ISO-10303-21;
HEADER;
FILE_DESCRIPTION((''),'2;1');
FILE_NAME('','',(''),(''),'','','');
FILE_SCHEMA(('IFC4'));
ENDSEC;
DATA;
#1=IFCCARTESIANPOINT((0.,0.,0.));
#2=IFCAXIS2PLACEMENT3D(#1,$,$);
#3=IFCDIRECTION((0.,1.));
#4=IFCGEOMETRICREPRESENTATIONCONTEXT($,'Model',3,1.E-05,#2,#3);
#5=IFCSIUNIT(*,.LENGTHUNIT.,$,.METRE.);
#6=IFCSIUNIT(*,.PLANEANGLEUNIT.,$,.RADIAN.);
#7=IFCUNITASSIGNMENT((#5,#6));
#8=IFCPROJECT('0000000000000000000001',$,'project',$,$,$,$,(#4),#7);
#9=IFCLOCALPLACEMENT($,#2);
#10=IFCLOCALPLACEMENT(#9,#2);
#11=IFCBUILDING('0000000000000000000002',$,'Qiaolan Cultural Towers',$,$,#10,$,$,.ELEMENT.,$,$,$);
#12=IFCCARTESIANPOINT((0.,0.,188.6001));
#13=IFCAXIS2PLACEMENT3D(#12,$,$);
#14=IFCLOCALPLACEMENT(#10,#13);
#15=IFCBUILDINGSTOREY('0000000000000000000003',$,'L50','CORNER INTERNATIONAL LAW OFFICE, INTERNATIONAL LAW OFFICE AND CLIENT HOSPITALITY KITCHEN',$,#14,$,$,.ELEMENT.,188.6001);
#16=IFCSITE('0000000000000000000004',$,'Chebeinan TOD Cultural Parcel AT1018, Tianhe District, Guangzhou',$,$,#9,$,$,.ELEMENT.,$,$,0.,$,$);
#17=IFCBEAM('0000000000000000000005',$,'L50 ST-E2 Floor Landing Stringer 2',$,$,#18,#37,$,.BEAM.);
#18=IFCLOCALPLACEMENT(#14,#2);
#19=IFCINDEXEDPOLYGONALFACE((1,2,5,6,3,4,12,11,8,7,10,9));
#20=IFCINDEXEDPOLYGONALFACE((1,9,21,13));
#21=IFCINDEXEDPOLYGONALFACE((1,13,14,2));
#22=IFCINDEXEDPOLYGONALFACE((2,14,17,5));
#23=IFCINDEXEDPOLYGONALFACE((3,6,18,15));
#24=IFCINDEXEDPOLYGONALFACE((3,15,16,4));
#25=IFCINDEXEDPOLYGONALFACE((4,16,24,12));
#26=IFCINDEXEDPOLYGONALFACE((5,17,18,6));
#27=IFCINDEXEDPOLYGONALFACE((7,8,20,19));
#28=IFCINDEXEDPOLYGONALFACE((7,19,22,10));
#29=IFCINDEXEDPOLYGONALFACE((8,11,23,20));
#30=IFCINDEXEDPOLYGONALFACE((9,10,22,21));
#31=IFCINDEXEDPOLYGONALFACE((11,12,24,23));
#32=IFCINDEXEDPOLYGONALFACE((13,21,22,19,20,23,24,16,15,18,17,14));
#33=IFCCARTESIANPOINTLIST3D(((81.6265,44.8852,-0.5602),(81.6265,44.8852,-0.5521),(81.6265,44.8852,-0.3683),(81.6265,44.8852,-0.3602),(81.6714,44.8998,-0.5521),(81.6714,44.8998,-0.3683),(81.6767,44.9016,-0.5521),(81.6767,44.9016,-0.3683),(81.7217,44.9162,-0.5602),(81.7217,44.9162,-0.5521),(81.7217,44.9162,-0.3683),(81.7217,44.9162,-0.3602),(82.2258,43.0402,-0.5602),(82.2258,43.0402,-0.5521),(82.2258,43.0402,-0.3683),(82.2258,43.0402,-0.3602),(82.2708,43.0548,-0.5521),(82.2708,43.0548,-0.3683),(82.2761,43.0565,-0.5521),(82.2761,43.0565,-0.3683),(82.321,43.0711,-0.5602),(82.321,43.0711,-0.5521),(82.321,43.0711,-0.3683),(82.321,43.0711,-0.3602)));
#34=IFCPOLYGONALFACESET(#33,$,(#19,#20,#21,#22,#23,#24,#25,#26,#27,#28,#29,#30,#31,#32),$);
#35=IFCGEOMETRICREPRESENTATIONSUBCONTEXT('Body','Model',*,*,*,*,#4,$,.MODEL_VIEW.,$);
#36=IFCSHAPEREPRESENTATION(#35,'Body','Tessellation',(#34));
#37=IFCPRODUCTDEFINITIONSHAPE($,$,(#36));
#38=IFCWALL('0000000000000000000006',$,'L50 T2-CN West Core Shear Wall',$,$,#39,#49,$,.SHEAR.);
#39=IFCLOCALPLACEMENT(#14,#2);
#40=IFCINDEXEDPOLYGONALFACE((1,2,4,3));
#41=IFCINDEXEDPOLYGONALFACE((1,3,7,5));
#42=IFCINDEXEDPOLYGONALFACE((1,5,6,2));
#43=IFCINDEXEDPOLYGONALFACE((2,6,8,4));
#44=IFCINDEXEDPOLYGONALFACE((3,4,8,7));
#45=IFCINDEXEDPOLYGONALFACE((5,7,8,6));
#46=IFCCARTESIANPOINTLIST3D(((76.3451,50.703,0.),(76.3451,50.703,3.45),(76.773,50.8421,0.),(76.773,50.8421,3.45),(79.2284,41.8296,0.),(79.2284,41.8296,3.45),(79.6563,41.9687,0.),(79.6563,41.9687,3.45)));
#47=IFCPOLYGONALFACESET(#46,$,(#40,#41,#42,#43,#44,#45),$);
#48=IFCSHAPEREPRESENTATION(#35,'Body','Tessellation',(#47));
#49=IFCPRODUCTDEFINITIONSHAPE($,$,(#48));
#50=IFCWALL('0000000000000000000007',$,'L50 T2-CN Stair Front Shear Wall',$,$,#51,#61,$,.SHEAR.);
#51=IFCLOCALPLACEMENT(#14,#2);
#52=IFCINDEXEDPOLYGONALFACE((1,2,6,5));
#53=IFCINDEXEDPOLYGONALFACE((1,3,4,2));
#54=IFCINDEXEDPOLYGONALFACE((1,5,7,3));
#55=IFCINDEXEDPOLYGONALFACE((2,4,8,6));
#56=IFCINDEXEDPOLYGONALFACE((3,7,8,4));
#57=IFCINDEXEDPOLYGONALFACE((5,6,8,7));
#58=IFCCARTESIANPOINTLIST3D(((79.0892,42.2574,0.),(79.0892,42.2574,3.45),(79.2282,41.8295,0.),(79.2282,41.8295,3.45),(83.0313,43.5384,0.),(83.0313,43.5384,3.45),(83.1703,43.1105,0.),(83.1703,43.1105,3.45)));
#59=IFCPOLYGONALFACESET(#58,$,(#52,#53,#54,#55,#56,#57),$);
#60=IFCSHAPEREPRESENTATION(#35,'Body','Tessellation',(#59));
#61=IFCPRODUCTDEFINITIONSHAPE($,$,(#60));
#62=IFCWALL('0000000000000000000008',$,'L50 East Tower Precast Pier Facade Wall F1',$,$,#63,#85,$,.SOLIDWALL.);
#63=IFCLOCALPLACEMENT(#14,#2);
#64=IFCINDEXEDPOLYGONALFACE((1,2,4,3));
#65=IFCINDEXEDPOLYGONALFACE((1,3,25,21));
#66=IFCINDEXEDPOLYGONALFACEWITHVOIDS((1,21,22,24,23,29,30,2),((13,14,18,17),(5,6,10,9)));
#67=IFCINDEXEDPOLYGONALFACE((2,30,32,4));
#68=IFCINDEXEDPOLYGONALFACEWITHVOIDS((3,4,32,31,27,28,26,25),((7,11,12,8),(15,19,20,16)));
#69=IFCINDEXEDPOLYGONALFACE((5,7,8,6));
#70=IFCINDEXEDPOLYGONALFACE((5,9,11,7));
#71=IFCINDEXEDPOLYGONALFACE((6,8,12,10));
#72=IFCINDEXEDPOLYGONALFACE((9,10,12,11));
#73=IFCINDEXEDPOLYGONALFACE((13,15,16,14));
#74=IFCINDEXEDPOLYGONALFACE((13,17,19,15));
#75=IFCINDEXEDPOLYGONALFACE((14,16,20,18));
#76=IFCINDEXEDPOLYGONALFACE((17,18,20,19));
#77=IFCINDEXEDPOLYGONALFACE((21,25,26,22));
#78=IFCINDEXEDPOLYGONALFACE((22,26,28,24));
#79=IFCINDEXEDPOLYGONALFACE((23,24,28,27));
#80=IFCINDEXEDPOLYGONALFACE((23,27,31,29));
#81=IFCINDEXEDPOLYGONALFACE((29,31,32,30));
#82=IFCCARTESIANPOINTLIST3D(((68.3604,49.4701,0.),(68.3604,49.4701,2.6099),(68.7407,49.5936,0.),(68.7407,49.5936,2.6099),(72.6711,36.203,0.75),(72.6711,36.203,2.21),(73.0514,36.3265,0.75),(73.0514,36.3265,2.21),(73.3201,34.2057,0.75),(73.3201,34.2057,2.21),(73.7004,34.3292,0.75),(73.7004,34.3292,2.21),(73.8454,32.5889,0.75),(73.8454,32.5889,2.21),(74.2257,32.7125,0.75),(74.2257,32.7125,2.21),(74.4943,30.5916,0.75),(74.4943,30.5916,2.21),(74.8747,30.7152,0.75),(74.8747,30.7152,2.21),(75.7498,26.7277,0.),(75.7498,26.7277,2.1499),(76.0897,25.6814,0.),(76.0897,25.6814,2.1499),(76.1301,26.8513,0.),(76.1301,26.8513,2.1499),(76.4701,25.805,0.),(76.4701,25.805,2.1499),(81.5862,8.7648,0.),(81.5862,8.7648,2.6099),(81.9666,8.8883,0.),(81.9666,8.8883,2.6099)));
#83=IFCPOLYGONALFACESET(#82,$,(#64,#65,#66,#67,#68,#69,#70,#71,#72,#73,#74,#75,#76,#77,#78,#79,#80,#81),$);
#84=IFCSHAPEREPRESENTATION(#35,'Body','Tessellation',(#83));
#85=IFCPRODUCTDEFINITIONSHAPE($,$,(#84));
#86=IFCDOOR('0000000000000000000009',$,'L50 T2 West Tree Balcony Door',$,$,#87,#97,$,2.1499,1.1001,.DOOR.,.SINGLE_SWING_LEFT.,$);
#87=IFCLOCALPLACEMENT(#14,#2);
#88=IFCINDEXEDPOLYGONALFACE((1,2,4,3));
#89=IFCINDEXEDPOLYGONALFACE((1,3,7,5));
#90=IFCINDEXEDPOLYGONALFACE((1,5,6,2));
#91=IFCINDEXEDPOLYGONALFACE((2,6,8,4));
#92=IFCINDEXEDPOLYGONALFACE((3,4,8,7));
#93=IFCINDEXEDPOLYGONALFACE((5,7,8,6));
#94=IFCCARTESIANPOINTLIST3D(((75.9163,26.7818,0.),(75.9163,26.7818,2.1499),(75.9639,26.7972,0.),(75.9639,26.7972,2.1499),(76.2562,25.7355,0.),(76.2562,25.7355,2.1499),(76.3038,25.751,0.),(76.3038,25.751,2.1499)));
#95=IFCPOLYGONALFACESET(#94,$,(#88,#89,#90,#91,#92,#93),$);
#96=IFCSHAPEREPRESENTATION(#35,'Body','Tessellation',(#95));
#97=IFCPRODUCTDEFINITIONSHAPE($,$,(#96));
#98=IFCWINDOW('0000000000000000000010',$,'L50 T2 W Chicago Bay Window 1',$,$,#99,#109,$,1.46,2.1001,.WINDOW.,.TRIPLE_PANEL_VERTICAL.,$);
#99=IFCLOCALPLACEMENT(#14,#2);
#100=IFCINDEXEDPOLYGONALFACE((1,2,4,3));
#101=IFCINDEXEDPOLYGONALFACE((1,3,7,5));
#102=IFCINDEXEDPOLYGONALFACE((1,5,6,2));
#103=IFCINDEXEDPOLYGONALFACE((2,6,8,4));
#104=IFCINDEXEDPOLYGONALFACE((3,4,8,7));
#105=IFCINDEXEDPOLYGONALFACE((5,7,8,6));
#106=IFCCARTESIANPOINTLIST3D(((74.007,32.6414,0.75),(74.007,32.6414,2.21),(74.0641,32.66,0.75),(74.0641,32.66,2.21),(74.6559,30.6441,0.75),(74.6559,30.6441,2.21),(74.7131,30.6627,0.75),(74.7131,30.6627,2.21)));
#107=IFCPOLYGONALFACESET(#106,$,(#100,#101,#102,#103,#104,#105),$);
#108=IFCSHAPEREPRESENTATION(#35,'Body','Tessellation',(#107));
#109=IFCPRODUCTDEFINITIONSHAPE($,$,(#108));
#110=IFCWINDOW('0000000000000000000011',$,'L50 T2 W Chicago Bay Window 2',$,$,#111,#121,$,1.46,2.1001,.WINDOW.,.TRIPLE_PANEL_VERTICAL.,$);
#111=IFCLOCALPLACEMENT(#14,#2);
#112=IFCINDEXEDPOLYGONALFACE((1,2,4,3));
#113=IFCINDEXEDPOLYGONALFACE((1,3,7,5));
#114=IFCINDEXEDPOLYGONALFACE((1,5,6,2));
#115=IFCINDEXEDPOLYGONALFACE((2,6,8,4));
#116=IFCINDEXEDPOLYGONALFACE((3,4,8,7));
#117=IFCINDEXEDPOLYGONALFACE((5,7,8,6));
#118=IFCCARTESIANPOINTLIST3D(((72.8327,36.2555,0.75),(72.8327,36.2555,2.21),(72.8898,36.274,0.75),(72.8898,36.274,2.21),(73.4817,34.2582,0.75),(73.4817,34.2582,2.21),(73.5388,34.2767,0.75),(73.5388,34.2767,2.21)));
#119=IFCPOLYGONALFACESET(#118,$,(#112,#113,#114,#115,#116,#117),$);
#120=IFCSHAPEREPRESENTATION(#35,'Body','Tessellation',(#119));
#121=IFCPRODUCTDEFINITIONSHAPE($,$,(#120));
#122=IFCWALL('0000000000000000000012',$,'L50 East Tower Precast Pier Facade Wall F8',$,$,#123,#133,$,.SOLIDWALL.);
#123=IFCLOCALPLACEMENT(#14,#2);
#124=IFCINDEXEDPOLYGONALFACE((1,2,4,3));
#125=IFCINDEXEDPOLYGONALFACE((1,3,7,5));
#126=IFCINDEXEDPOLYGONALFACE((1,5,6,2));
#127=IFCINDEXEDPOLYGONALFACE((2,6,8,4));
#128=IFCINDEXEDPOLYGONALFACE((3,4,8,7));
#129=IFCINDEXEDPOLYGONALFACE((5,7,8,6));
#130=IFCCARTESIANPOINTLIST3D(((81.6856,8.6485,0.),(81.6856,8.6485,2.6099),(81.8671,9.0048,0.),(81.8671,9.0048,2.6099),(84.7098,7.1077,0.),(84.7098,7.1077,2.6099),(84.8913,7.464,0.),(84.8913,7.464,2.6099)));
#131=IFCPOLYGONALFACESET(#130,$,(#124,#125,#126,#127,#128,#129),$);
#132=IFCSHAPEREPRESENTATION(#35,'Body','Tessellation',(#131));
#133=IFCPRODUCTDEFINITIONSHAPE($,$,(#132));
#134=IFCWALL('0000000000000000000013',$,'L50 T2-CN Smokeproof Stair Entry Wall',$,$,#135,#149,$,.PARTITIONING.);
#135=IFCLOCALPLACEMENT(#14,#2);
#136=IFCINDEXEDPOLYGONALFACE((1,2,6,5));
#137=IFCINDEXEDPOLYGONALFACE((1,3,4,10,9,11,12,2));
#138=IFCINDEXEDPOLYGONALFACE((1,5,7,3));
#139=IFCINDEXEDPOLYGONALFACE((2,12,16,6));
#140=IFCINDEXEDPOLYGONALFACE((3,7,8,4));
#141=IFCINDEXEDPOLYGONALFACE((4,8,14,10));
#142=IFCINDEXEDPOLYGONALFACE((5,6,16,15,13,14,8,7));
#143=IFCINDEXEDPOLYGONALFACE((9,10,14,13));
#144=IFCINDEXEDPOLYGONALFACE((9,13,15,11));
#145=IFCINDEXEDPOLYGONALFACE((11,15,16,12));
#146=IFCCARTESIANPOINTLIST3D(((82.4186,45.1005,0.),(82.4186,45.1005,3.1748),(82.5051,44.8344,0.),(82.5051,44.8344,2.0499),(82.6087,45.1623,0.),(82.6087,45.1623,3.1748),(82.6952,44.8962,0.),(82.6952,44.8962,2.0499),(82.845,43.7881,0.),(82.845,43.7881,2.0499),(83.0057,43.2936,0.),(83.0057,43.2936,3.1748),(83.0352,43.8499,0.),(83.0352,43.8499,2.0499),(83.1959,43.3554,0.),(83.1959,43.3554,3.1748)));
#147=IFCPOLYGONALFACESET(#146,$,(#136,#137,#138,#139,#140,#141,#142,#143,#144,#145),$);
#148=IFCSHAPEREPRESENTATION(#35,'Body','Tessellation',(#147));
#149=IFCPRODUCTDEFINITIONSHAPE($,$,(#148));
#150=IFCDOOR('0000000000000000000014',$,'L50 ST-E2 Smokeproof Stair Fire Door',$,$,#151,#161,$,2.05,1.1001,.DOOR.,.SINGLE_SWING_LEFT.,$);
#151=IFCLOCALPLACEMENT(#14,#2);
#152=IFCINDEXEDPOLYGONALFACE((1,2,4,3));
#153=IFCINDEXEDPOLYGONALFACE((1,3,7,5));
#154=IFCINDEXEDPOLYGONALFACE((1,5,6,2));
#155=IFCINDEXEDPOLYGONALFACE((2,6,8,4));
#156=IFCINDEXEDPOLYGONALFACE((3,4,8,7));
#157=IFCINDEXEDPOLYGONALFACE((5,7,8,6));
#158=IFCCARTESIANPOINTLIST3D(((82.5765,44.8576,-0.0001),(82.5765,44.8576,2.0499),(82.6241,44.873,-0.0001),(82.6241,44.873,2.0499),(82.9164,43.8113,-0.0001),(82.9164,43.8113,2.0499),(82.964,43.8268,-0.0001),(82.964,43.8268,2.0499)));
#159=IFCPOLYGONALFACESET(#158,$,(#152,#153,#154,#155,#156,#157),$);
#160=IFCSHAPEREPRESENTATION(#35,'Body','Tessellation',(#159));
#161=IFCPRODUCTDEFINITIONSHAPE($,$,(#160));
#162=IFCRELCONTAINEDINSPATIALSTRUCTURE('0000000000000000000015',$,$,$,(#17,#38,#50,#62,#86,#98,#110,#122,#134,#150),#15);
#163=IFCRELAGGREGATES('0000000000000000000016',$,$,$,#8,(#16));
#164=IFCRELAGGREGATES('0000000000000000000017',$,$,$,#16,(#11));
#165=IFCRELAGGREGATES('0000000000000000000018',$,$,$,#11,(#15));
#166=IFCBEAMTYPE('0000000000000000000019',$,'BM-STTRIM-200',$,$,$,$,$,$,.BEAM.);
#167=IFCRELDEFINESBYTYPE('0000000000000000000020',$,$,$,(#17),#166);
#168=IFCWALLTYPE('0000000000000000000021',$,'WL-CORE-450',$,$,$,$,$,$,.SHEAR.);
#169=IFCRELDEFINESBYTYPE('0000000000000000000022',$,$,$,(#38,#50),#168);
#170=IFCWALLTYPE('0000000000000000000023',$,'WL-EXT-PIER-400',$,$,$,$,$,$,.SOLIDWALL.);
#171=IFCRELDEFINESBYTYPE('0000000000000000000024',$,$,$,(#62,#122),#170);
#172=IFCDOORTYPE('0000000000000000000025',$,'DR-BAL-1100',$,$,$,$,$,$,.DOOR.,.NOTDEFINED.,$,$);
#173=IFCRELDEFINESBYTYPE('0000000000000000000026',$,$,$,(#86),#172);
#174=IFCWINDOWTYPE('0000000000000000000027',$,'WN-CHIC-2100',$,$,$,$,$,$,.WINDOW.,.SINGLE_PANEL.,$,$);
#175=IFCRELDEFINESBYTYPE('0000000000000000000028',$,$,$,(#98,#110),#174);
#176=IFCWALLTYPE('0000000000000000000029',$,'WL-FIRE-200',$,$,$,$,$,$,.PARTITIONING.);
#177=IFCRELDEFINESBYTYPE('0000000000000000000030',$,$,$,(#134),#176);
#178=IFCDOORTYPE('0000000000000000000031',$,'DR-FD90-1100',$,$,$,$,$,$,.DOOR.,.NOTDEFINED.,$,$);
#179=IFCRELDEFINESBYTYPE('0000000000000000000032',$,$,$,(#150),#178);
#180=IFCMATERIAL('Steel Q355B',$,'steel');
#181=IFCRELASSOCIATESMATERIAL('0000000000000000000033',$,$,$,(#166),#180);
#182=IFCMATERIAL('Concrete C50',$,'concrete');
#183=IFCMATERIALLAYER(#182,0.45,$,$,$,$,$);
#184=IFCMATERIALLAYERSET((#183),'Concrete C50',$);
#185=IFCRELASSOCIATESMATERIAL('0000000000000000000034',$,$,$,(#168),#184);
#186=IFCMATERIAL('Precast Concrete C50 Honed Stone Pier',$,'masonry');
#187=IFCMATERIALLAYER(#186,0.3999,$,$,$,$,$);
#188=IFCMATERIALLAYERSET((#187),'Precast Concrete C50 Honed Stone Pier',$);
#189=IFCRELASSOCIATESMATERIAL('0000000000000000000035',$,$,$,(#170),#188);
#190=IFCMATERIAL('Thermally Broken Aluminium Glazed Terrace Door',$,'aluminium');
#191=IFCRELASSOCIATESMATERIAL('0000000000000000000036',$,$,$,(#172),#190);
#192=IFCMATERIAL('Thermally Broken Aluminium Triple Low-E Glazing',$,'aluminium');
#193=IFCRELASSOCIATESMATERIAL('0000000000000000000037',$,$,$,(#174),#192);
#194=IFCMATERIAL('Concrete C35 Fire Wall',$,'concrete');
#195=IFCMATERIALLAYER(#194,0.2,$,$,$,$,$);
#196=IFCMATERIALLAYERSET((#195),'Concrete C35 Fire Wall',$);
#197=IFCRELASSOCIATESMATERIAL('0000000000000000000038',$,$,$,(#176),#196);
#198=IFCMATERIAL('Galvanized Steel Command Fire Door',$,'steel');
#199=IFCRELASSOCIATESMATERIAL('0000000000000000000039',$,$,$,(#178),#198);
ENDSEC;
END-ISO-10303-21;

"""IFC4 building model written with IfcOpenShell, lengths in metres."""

from ifc_helpers import new_model, si_unit, direction, frame, frame_2d, origin, origin_2d, place, context, subcontext, project, spatial, rectangle, i_section, extrude, material, layer, layer_set, material_profile, profile_set, type_object, element, fill, save


model = new_model("IFC4")

# Units and contexts
model_context = context("Model", 3, precision=1e-05, world=origin(), true_north=direction((0.0, 1.0)))
body_context = subcontext(model_context, "Body", "Model", "MODEL_VIEW")
ifc_project = project(units=[si_unit("LENGTHUNIT", "METRE"), si_unit("PLANEANGLEUNIT", "RADIAN")], contexts=[model_context])

# Site, building, storey
site_placement = place(None, origin())
site = spatial("IfcSite", under=ifc_project, at=site_placement, Name="Chebeinan TOD Cultural Parcel AT1018, Tianhe District, Guangzhou", CompositionType="ELEMENT", RefElevation=0.0)
building_placement = place(site_placement, origin())
building = spatial("IfcBuilding", under=site, at=building_placement, Name="Qiaolan Cultural Towers", CompositionType="ELEMENT")
storey_placement = place(building_placement, frame((0.0, 0.0, 188.6001)))
storey = spatial("IfcBuildingStorey", under=building, at=storey_placement, Name="L50", Description="CORNER INTERNATIONAL LAW OFFICE, INTERNATIONAL LAW OFFICE AND CLIENT HOSPITALITY KITCHEN", CompositionType="ELEMENT", Elevation=188.6001)

# Beam
ifc_material_1 = material(Name="Steel Q355B", Category="steel")
ifc_material_profile_1 = material_profile(ifc_material_1, i_section(OverallWidth=0.1001, OverallDepth=0.2, WebThickness=0.0056, FlangeThickness=0.0081, at=origin_2d()), Name="HN200x100x5.5x8")
ifc_profile_set_1 = profile_set([ifc_material_profile_1], Name="Steel Q355B")
beam_type_1 = type_object("IfcBeamType", Name="BM-STTRIM-200", PredefinedType="BEAM", material=ifc_profile_set_1)
for number, where, z_axis, x_axis, name in (
    (1, (82.2734, 43.0557, -0.4602), (-0.308969, 0.951072, 0.0), (-0.951072, -0.308969, 0.0), "L50 ST-E2 Floor Landing Stringer 2"),
):
    element("IfcBeam", number, at=place(storey_placement, frame(where, z_axis=z_axis, x_axis=x_axis)), inside=storey, type_object=beam_type_1, Name=name, PredefinedType="BEAM", context=body_context, shape_type="SweptSolid", body=[
        extrude(i_section(OverallWidth=0.1001, OverallDepth=0.2, WebThickness=0.0056, FlangeThickness=0.0081, at=origin_2d()), origin(), (0.0, 0.0, 1.0), 1.9399),
    ])

# Walls
ifc_material_2 = material(Name="Concrete C50", Category="concrete")
ifc_layer_1 = layer(ifc_material_2, 0.45)
ifc_layer_set_1 = layer_set([ifc_layer_1], Name="Concrete C50")
wall_type_1 = type_object("IfcWallType", Name="WL-CORE-450", PredefinedType="SHEAR", material=ifc_layer_set_1)
wall_1_placement = place(storey_placement, frame((79.4424, 41.8992, 0.0), z_axis=(0.0, 0.0, 1.0), x_axis=(-0.309036, 0.95105, 0.0)))
element("IfcWall", 2, at=wall_1_placement, inside=storey, type_object=wall_type_1, Name="L50 T2-CN West Core Shear Wall", PredefinedType="SHEAR", context=body_context, shape_type="SweptSolid", body=[
    extrude(rectangle(XDim=9.3301, YDim=0.45, at=frame_2d((4.665, 0.0))), origin(), (0.0, 0.0, 1.0), 3.45),
])
wall_2_placement = place(storey_placement, frame((79.1587, 42.0435, 0.0), z_axis=(0.0, 0.0, 1.0), x_axis=(0.951047, 0.309045, 0.0)))
element("IfcWall", 3, at=wall_2_placement, inside=storey, type_object=wall_type_1, Name="L50 T2-CN Stair Front Shear Wall", PredefinedType="SHEAR", context=body_context, shape_type="SweptSolid", body=[
    extrude(rectangle(XDim=4.145, YDim=0.45, at=frame_2d((2.0725, 0.0))), origin(), (0.0, 0.0, 1.0), 3.45),
])

# Wall, openings, door, windows
ifc_material_3 = material(Name="Precast Concrete C50 Honed Stone Pier", Category="masonry")
ifc_layer_2 = layer(ifc_material_3, 0.3999)
ifc_layer_set_2 = layer_set([ifc_layer_2], Name="Precast Concrete C50 Honed Stone Pier")
wall_type_2 = type_object("IfcWallType", Name="WL-EXT-PIER-400", PredefinedType="SOLIDWALL", material=ifc_layer_set_2)
wall_3_placement = place(storey_placement, frame((81.7764, 8.8267, 0.0), z_axis=(0.0, 0.0, 1.0), x_axis=(-0.309014, 0.951057, 0.0)))
wall_3 = element("IfcWall", 4, at=wall_3_placement, inside=storey, type_object=wall_type_2, Name="L50 East Tower Precast Pier Facade Wall F1", PredefinedType="SOLIDWALL", context=body_context, shape_type="SweptSolid", body=[
    extrude(rectangle(XDim=42.8, YDim=0.3999, at=frame_2d((21.3999, 0.0))), origin(), (0.0, 0.0, 1.0), 2.6099),
])
opening_1_placement = place(wall_3_placement, frame((22.95, 0.0, 0.75)))
opening_1 = element("IfcOpeningElement", 5, at=opening_1_placement, cuts=wall_3, PredefinedType="OPENING", context=body_context, shape_type="SweptSolid", body=[
    extrude(rectangle(XDim=2.1001, YDim=1.46, at=frame_2d((1.05, 0.73))), frame((0.0, 0.21, 0.0), z_axis=(0.0, -1.0, 0.0), x_axis=(1.0, 0.0, 0.0)), (0.0, 0.0, 1.0), 0.4199),
])
opening_2_placement = place(wall_3_placement, frame((26.75, 0.0, 0.75)))
opening_2 = element("IfcOpeningElement", 6, at=opening_2_placement, cuts=wall_3, PredefinedType="OPENING", context=body_context, shape_type="SweptSolid", body=[
    extrude(rectangle(XDim=2.1001, YDim=1.46, at=frame_2d((1.05, 0.73))), frame((0.0, 0.21, 0.0), z_axis=(0.0, -1.0, 0.0), x_axis=(1.0, 0.0, 0.0)), (0.0, 0.0, 1.0), 0.4199),
])
opening_3_placement = place(wall_3_placement, frame((17.7871, 0.0, 0.0)))
opening_3 = element("IfcOpeningElement", 7, at=opening_3_placement, cuts=wall_3, PredefinedType="OPENING", context=body_context, shape_type="SweptSolid", body=[
    extrude(rectangle(XDim=1.1001, YDim=2.1499, at=frame_2d((0.55, 1.075))), frame((0.0, 0.21, 0.0), z_axis=(0.0, -1.0, 0.0), x_axis=(1.0, 0.0, 0.0)), (0.0, 0.0, 1.0), 0.4199),
])
ifc_material_4 = material(Name="Thermally Broken Aluminium Glazed Terrace Door", Category="aluminium")
door_type_1 = type_object("IfcDoorType", Name="DR-BAL-1100", OperationType="NOTDEFINED", PredefinedType="DOOR", material=ifc_material_4)
door_1_placement = place(opening_3_placement, origin())
door_1 = element("IfcDoor", 8, at=door_1_placement, inside=storey, type_object=door_type_1, Name="L50 T2 West Tree Balcony Door", OperationType="SINGLE_SWING_LEFT", OverallHeight=2.1499, OverallWidth=1.1001, PredefinedType="DOOR", context=body_context, shape_type="SweptSolid", body=[
    extrude(rectangle(XDim=1.1001, YDim=2.1499, at=frame_2d((0.55, 1.075))), frame((0.0, 0.0249, 0.0), z_axis=(0.0, -1.0, 0.0), x_axis=(1.0, 0.0, 0.0)), (0.0, 0.0, 1.0), 0.05),
])
fill(opening_3, door_1)
ifc_material_5 = material(Name="Thermally Broken Aluminium Triple Low-E Glazing", Category="aluminium")
window_type = type_object("IfcWindowType", Name="WN-CHIC-2100", PartitioningType="SINGLE_PANEL", PredefinedType="WINDOW", material=ifc_material_5)
window_1_placement = place(opening_1_placement, origin())
window_1 = element("IfcWindow", 9, at=window_1_placement, inside=storey, type_object=window_type, Name="L50 T2 W Chicago Bay Window 1", OverallHeight=1.46, OverallWidth=2.1001, PartitioningType="TRIPLE_PANEL_VERTICAL", PredefinedType="WINDOW", context=body_context, shape_type="SweptSolid", body=[
    extrude(rectangle(XDim=2.1001, YDim=1.46, at=frame_2d((1.05, 0.73))), frame((0.0, 0.03, 0.0), z_axis=(0.0, -1.0, 0.0), x_axis=(1.0, 0.0, 0.0)), (0.0, 0.0, 1.0), 0.0601),
])
fill(opening_1, window_1)
window_2_placement = place(opening_2_placement, origin())
window_2 = element("IfcWindow", 10, at=window_2_placement, inside=storey, type_object=window_type, Name="L50 T2 W Chicago Bay Window 2", OverallHeight=1.46, OverallWidth=2.1001, PartitioningType="TRIPLE_PANEL_VERTICAL", PredefinedType="WINDOW", context=body_context, shape_type="SweptSolid", body=[
    extrude(rectangle(XDim=2.1001, YDim=1.46, at=frame_2d((1.05, 0.73))), frame((0.0, 0.03, 0.0), z_axis=(0.0, -1.0, 0.0), x_axis=(1.0, 0.0, 0.0)), (0.0, 0.0, 1.0), 0.0601),
])
fill(opening_2, window_2)

# Wall
wall_4_placement = place(storey_placement, frame((84.8005, 7.2859, 0.0), z_axis=(0.0, 0.0, 1.0), x_axis=(-0.891021, 0.453962, 0.0)))
element("IfcWall", 11, at=wall_4_placement, inside=storey, type_object=wall_type_2, Name="L50 East Tower Precast Pier Facade Wall F8", PredefinedType="SOLIDWALL", context=body_context, shape_type="SweptSolid", body=[
    extrude(rectangle(XDim=3.394, YDim=0.3999, at=frame_2d((1.697, 0.0))), origin(), (0.0, 0.0, 1.0), 2.6099),
])

# Wall, opening, door
ifc_material_6 = material(Name="Concrete C35 Fire Wall", Category="concrete")
ifc_layer_3 = layer(ifc_material_6, 0.2)
ifc_layer_set_3 = layer_set([ifc_layer_3], Name="Concrete C35 Fire Wall")
wall_type_3 = type_object("IfcWallType", Name="WL-FIRE-200", PredefinedType="PARTITIONING", material=ifc_layer_set_3)
wall_5_placement = place(storey_placement, frame((83.1008, 43.3245, 0.0), z_axis=(0.0, 0.0, 1.0), x_axis=(-0.309048, 0.951046, 0.0)))
wall_5 = element("IfcWall", 12, at=wall_5_placement, inside=storey, type_object=wall_type_3, Name="L50 T2-CN Smokeproof Stair Entry Wall", PredefinedType="PARTITIONING", context=body_context, shape_type="SweptSolid", body=[
    extrude(rectangle(XDim=1.8999, YDim=0.2, at=frame_2d((0.95, 0.0))), origin(), (0.0, 0.0, 1.0), 3.1748),
])
opening_4_placement = place(wall_5_placement, frame((0.52, 0.0, 0.0)))
opening_4 = element("IfcOpeningElement", 13, at=opening_4_placement, cuts=wall_5, PredefinedType="OPENING", context=body_context, shape_type="SweptSolid", body=[
    extrude(rectangle(XDim=1.1001, YDim=2.05, at=frame_2d((0.55, 1.0249))), frame((0.0, 0.1099, 0.0), z_axis=(0.0, -1.0, 0.0), x_axis=(1.0, 0.0, 0.0)), (0.0, 0.0, 1.0), 0.22),
])
ifc_material_7 = material(Name="Galvanized Steel Command Fire Door", Category="steel")
door_type_2 = type_object("IfcDoorType", Name="DR-FD90-1100", OperationType="NOTDEFINED", PredefinedType="DOOR", material=ifc_material_7)
door_2_placement = place(opening_4_placement, origin())
door_2 = element("IfcDoor", 14, at=door_2_placement, inside=storey, type_object=door_type_2, Name="L50 ST-E2 Smokeproof Stair Fire Door", OperationType="SINGLE_SWING_LEFT", OverallHeight=2.05, OverallWidth=1.1001, PredefinedType="DOOR", context=body_context, shape_type="SweptSolid", body=[
    extrude(rectangle(XDim=1.1001, YDim=2.05, at=frame_2d((0.55, 1.0249))), frame((0.0, 0.0249, 0.0), z_axis=(0.0, -1.0, 0.0), x_axis=(1.0, 0.0, 0.0)), (0.0, 0.0, 1.0), 0.05),
])
fill(opening_4, door_2)

save(model, "model.ifc")
